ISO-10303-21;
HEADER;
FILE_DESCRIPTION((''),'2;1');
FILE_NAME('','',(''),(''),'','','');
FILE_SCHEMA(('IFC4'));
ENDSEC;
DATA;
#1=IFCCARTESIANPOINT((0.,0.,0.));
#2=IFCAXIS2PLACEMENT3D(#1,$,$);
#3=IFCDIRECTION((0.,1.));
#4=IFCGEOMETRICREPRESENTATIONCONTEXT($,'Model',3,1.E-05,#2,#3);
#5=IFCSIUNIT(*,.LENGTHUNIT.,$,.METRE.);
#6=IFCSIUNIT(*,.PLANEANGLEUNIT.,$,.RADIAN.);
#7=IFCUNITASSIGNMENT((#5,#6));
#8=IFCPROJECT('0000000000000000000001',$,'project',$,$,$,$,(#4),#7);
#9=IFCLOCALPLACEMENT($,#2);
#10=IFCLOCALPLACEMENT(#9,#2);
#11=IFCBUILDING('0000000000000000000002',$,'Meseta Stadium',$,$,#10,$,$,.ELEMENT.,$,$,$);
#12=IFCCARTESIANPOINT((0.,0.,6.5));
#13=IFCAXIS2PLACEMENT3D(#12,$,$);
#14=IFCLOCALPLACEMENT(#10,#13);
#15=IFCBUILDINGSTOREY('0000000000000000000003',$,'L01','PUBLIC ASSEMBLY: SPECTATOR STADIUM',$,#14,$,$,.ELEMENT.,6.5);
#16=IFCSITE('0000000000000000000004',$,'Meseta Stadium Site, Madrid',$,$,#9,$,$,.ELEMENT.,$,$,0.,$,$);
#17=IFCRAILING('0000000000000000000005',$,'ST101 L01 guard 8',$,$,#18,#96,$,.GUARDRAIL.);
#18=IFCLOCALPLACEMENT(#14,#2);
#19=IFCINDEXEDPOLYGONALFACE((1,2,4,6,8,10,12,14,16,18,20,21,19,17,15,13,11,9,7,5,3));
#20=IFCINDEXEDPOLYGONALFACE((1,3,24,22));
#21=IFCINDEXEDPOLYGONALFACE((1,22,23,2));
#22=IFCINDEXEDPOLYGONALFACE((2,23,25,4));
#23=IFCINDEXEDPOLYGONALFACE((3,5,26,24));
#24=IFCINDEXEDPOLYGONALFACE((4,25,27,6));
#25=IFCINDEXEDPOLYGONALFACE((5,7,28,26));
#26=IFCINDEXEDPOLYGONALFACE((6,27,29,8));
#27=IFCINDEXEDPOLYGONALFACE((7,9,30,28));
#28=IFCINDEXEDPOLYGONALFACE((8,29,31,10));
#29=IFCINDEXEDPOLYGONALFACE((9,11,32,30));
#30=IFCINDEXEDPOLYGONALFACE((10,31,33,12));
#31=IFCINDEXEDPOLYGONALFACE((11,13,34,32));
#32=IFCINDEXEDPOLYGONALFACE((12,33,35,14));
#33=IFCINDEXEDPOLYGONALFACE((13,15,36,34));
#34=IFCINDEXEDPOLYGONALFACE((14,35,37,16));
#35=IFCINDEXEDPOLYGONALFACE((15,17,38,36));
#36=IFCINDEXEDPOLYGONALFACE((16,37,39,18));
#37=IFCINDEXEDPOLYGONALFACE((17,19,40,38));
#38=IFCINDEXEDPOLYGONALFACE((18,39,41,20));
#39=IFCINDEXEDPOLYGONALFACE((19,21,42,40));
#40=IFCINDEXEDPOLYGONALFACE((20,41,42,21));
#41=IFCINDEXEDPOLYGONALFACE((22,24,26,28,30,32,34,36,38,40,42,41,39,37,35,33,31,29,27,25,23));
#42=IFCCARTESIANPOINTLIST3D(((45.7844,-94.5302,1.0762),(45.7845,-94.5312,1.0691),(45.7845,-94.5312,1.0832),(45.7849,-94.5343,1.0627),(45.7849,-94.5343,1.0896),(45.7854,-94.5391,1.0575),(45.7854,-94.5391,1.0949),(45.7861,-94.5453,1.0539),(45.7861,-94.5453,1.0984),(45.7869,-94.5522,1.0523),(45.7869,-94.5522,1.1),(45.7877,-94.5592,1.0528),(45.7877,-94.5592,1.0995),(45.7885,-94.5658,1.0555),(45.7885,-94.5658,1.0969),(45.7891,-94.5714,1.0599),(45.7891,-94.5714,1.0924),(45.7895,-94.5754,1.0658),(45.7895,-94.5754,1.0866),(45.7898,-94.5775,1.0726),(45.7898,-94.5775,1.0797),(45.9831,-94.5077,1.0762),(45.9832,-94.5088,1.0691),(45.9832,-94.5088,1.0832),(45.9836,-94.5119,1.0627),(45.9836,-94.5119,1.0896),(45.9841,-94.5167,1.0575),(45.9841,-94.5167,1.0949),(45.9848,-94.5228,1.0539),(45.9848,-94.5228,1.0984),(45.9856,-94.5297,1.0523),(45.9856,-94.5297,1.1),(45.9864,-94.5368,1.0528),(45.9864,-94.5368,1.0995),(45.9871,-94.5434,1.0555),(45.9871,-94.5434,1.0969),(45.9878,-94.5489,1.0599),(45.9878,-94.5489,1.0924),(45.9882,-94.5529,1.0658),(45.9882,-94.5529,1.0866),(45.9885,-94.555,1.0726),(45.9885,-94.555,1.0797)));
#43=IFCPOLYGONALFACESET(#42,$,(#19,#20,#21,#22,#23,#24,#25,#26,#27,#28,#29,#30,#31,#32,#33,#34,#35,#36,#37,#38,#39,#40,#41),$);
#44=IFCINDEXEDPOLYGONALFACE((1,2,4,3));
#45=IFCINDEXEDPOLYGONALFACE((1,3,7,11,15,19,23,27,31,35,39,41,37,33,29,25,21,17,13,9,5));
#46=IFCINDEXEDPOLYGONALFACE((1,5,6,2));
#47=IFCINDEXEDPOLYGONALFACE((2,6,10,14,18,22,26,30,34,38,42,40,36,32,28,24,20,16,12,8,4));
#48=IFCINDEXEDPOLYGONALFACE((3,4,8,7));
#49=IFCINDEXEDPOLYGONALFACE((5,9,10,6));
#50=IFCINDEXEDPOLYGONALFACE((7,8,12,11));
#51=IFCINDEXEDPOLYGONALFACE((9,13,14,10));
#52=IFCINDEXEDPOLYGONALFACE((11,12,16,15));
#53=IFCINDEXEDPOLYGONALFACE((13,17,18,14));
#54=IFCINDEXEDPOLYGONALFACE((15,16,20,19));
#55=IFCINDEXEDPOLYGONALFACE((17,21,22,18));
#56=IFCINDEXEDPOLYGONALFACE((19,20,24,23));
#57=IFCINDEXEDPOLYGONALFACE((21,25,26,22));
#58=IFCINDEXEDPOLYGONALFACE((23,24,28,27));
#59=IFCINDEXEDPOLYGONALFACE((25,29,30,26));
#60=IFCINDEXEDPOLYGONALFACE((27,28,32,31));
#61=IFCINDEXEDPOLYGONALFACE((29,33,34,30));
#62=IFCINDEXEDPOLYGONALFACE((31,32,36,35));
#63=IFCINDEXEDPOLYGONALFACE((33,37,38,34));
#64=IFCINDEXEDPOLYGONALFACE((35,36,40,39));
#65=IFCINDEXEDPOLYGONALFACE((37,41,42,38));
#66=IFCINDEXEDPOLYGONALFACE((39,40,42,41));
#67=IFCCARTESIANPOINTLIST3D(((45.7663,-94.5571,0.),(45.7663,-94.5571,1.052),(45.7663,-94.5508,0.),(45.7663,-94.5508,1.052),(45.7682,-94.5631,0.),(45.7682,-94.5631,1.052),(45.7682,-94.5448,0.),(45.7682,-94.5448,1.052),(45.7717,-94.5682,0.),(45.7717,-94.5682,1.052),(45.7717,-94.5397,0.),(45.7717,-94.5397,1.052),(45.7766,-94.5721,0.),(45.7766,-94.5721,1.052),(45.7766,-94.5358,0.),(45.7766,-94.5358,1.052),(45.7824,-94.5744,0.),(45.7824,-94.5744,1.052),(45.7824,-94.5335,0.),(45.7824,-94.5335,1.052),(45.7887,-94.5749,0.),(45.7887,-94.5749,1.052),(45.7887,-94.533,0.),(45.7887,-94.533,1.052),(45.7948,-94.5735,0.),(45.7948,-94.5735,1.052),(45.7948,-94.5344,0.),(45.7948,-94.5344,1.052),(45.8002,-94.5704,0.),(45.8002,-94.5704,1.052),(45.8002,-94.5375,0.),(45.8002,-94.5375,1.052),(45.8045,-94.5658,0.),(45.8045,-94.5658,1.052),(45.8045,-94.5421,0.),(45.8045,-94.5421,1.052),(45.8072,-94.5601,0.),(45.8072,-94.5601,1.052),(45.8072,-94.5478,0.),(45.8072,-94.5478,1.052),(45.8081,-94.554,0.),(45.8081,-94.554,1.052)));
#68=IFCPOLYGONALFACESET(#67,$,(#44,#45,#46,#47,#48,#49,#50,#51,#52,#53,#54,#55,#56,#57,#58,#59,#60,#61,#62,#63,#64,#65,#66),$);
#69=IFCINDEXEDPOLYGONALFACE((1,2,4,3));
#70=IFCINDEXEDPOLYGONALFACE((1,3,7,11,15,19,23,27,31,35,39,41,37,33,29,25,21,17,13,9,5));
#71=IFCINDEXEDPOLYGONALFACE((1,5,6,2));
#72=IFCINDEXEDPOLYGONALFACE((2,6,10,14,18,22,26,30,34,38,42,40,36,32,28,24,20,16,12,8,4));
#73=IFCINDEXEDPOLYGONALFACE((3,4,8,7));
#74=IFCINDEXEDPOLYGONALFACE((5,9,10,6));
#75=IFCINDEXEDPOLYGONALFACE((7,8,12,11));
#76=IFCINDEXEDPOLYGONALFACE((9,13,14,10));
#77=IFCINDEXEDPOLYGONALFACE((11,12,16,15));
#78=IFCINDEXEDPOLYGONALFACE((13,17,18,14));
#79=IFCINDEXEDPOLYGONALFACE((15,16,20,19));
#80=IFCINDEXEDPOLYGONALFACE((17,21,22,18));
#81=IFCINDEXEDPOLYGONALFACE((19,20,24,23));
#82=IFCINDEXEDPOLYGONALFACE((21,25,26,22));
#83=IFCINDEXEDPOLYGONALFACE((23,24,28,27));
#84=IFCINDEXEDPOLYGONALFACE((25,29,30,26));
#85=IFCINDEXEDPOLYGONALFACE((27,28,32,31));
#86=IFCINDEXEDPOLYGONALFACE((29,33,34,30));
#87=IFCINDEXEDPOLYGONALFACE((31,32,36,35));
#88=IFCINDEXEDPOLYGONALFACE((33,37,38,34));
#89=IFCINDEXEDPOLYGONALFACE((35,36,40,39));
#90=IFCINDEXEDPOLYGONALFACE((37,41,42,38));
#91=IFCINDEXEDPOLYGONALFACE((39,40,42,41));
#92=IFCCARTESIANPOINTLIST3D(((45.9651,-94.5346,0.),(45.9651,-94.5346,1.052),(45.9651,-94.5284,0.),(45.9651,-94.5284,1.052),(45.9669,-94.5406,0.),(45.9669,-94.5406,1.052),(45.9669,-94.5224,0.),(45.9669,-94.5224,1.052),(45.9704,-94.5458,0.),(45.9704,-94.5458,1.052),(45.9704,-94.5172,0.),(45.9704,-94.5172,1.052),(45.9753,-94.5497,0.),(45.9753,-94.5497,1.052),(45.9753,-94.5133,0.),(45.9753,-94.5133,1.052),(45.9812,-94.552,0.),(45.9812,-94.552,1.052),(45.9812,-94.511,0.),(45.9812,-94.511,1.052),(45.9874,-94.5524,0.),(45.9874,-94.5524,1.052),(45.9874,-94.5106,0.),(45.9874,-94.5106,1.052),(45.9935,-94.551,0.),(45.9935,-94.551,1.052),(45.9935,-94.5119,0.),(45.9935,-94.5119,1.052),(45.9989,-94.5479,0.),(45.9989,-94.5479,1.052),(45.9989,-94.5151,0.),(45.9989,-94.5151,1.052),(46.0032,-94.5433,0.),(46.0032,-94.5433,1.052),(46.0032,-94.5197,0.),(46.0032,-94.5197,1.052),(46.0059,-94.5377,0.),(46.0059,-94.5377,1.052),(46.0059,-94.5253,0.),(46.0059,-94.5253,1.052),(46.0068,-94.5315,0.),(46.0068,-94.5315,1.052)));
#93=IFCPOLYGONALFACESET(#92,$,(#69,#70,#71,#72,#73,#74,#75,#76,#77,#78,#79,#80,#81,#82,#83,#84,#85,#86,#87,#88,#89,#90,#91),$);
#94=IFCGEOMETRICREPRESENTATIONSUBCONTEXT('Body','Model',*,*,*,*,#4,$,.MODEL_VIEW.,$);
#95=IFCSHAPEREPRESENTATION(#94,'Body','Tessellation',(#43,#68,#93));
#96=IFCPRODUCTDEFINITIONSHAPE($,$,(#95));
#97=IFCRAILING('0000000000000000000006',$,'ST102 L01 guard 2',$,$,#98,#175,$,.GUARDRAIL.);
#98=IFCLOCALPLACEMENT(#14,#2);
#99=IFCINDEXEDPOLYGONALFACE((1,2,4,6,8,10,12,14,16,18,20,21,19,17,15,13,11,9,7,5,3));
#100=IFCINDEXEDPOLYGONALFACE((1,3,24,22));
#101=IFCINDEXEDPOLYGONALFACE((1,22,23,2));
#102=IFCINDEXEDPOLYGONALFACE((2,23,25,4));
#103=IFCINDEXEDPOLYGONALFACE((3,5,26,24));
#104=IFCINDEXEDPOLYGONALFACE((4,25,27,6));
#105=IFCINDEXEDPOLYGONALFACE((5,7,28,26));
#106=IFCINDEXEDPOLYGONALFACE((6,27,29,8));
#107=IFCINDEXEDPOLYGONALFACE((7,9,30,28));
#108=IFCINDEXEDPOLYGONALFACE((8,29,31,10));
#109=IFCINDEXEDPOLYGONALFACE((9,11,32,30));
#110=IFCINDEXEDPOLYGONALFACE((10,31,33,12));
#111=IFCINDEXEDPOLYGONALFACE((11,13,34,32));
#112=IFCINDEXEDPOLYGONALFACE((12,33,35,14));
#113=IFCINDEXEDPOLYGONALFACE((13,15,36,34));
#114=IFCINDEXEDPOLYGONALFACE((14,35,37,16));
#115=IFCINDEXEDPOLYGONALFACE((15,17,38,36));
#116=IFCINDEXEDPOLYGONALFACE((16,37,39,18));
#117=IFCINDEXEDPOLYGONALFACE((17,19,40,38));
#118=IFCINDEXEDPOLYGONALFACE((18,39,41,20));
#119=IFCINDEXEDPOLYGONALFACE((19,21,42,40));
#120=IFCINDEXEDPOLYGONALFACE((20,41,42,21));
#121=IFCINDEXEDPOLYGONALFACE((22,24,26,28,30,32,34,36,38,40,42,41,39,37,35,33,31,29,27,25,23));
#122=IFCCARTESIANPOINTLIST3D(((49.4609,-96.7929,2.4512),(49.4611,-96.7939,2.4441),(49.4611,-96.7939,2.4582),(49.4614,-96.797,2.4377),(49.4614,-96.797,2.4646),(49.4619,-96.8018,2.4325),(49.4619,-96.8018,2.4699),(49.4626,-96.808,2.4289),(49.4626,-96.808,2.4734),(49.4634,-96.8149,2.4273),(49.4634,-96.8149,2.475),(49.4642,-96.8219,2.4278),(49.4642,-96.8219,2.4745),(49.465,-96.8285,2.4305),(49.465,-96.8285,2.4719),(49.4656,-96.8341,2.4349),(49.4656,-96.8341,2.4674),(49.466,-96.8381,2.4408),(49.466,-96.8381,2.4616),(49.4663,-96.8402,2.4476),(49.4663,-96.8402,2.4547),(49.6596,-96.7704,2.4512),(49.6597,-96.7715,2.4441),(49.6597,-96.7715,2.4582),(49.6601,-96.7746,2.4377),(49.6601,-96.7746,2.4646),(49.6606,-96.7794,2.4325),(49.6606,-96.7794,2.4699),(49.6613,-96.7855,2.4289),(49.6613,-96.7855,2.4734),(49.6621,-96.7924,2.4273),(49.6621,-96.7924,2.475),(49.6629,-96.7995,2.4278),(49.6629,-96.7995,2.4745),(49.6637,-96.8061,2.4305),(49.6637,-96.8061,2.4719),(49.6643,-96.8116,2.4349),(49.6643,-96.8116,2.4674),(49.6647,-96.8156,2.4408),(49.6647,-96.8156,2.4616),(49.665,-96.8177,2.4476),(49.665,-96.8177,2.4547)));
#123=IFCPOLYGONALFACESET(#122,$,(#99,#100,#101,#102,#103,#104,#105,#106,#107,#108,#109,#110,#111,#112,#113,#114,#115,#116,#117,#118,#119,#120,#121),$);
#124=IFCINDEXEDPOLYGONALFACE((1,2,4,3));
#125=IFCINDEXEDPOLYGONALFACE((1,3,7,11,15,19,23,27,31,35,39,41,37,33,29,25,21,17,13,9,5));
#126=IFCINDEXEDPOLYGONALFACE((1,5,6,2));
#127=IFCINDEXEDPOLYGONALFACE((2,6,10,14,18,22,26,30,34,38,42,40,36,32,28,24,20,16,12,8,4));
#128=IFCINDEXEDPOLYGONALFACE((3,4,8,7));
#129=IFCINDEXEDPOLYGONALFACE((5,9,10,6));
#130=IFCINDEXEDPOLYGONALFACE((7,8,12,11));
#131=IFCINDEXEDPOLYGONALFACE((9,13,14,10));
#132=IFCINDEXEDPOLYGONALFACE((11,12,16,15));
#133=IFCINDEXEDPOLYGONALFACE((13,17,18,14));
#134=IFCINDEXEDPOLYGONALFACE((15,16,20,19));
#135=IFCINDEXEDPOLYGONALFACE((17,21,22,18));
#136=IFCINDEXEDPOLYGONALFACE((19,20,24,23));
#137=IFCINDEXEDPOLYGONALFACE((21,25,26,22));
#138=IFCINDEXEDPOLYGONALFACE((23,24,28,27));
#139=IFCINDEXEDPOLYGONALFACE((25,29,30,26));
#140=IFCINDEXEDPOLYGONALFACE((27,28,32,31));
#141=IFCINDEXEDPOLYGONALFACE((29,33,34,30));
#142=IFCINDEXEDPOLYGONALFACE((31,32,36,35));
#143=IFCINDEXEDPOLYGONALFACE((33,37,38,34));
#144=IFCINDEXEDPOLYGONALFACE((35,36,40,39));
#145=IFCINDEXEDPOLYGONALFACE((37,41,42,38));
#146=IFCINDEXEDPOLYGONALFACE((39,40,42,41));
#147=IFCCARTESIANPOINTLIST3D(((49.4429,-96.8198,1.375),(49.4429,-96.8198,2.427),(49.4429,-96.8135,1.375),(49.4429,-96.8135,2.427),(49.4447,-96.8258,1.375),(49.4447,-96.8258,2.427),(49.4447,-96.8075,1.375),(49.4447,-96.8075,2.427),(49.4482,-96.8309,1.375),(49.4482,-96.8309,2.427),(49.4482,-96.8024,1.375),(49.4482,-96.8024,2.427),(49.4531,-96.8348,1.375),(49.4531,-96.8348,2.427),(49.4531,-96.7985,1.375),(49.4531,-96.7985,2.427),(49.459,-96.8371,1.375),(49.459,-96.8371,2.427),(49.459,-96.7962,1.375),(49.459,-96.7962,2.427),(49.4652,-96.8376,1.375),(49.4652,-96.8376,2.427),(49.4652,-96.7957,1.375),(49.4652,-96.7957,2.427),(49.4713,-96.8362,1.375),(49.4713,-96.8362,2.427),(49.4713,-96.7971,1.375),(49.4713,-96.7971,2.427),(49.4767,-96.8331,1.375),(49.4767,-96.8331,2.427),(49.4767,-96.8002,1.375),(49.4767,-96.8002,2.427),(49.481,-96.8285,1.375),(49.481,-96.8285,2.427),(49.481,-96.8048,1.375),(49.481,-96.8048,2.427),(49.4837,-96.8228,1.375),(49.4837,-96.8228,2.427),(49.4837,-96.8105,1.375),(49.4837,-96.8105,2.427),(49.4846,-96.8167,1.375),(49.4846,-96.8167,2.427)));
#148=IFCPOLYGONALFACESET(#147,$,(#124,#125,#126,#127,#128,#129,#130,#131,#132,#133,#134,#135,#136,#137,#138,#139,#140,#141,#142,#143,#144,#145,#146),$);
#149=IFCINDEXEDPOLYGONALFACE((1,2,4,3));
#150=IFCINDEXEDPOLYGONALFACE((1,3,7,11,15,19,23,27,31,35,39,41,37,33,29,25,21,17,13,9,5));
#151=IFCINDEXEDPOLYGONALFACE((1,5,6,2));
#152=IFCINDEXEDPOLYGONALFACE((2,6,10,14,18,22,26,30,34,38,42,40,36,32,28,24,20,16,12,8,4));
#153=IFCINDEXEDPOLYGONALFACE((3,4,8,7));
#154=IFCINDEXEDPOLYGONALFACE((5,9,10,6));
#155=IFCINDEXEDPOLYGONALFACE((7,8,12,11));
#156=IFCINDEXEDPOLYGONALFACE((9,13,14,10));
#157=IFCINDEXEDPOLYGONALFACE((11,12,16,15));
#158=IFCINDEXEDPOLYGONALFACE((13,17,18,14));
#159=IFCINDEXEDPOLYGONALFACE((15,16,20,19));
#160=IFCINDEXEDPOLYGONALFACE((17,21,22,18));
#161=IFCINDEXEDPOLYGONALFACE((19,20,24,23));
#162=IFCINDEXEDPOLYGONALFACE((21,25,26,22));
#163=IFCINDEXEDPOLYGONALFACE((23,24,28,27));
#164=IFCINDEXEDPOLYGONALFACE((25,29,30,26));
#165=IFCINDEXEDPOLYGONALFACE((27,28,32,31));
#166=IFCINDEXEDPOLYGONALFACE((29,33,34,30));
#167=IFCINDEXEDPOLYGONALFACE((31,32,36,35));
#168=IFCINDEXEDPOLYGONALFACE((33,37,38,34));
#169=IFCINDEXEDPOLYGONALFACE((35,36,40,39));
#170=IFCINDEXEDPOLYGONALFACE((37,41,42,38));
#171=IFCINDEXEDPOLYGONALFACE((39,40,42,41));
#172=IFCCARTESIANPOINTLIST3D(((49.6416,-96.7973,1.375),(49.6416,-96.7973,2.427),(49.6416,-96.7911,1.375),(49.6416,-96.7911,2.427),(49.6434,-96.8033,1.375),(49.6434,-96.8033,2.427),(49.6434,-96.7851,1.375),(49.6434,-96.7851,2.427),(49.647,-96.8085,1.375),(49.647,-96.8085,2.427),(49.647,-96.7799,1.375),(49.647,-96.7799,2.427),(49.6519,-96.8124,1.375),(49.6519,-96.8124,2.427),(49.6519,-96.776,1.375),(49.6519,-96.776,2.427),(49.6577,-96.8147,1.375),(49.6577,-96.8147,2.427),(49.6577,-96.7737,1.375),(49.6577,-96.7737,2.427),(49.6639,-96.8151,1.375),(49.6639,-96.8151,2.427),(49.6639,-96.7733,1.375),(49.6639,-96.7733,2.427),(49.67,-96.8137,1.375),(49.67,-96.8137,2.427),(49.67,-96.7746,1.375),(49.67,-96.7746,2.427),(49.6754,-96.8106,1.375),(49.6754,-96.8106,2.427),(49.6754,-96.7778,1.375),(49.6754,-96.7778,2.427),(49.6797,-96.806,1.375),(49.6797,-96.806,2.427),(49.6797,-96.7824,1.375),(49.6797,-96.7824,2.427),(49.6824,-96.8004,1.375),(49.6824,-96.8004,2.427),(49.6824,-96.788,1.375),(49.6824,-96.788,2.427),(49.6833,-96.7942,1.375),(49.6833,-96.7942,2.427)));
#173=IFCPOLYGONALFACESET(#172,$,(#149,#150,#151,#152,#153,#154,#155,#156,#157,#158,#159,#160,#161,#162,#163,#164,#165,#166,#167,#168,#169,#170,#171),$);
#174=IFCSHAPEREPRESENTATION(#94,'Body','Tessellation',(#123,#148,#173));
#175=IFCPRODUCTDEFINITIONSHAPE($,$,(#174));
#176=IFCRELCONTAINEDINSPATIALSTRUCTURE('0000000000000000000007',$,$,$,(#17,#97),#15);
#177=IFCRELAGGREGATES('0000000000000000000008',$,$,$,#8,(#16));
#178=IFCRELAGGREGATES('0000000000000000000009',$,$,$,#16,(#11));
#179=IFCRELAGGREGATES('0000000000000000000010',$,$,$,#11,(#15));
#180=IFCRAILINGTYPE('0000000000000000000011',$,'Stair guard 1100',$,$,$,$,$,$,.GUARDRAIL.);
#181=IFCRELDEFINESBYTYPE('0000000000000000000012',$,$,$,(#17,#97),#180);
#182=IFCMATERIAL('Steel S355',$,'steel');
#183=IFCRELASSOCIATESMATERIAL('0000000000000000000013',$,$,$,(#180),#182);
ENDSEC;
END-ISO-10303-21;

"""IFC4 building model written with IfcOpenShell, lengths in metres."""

from ifc_helpers import new_model, si_unit, direction, frame, origin, origin_2d, place, context, subcontext, project, spatial, circle, extrude, material, type_object, element, save


model = new_model("IFC4")

# Units and contexts
model_context = context("Model", 3, precision=1e-05, world=origin(), true_north=direction((0.0, 1.0)))
body_context = subcontext(model_context, "Body", "Model", "MODEL_VIEW")
ifc_project = project(units=[si_unit("LENGTHUNIT", "METRE"), si_unit("PLANEANGLEUNIT", "RADIAN")], contexts=[model_context])

# Site, building, storey
site_placement = place(None, origin())
site = spatial("IfcSite", under=ifc_project, at=site_placement, Name="Meseta Stadium Site, Madrid", CompositionType="ELEMENT", RefElevation=0.0)
building_placement = place(site_placement, origin())
building = spatial("IfcBuilding", under=site, at=building_placement, Name="Meseta Stadium", CompositionType="ELEMENT")
storey_placement = place(building_placement, frame((0.0, 0.0, 6.5)))
storey = spatial("IfcBuildingStorey", under=building, at=storey_placement, Name="L01", Description="PUBLIC ASSEMBLY: SPECTATOR STADIUM", CompositionType="ELEMENT", Elevation=6.5)

# Railings
ifc_material_1 = material(Name="Steel S355", Category="steel")
railing_type_1 = type_object("IfcRailingType", Name="Stair guard 1100", PredefinedType="GUARDRAIL", material=ifc_material_1)
for number, where, name in (
    (1, (45.7871, -94.554, 0.0), "ST101 L01 guard 8"),
    (2, (49.4636, -96.8167, 1.375), "ST102 L01 guard 2"),
):
    element("IfcRailing", number, at=place(storey_placement, frame(where)), inside=storey, type_object=railing_type_1, Name=name, PredefinedType="GUARDRAIL", context=body_context, shape_type="SweptSolid", body=[
        extrude(circle(Radius=0.0239, at=origin_2d()), frame((0.0, 0.0, 1.0762), z_axis=(0.993674, 0.112307, 0.0), x_axis=(-0.112307, 0.993674, 0.0)), (0.0, 0.0, 1.0), 0.2),
        extrude(circle(Radius=0.021, at=origin_2d()), origin(), (0.0, 0.0, 1.0), 1.052),
        extrude(circle(Radius=0.021, at=origin_2d()), frame((0.1987, 0.0225, 0.0)), (0.0, 0.0, 1.0), 1.052),
    ])

save(model, "model.ifc")
